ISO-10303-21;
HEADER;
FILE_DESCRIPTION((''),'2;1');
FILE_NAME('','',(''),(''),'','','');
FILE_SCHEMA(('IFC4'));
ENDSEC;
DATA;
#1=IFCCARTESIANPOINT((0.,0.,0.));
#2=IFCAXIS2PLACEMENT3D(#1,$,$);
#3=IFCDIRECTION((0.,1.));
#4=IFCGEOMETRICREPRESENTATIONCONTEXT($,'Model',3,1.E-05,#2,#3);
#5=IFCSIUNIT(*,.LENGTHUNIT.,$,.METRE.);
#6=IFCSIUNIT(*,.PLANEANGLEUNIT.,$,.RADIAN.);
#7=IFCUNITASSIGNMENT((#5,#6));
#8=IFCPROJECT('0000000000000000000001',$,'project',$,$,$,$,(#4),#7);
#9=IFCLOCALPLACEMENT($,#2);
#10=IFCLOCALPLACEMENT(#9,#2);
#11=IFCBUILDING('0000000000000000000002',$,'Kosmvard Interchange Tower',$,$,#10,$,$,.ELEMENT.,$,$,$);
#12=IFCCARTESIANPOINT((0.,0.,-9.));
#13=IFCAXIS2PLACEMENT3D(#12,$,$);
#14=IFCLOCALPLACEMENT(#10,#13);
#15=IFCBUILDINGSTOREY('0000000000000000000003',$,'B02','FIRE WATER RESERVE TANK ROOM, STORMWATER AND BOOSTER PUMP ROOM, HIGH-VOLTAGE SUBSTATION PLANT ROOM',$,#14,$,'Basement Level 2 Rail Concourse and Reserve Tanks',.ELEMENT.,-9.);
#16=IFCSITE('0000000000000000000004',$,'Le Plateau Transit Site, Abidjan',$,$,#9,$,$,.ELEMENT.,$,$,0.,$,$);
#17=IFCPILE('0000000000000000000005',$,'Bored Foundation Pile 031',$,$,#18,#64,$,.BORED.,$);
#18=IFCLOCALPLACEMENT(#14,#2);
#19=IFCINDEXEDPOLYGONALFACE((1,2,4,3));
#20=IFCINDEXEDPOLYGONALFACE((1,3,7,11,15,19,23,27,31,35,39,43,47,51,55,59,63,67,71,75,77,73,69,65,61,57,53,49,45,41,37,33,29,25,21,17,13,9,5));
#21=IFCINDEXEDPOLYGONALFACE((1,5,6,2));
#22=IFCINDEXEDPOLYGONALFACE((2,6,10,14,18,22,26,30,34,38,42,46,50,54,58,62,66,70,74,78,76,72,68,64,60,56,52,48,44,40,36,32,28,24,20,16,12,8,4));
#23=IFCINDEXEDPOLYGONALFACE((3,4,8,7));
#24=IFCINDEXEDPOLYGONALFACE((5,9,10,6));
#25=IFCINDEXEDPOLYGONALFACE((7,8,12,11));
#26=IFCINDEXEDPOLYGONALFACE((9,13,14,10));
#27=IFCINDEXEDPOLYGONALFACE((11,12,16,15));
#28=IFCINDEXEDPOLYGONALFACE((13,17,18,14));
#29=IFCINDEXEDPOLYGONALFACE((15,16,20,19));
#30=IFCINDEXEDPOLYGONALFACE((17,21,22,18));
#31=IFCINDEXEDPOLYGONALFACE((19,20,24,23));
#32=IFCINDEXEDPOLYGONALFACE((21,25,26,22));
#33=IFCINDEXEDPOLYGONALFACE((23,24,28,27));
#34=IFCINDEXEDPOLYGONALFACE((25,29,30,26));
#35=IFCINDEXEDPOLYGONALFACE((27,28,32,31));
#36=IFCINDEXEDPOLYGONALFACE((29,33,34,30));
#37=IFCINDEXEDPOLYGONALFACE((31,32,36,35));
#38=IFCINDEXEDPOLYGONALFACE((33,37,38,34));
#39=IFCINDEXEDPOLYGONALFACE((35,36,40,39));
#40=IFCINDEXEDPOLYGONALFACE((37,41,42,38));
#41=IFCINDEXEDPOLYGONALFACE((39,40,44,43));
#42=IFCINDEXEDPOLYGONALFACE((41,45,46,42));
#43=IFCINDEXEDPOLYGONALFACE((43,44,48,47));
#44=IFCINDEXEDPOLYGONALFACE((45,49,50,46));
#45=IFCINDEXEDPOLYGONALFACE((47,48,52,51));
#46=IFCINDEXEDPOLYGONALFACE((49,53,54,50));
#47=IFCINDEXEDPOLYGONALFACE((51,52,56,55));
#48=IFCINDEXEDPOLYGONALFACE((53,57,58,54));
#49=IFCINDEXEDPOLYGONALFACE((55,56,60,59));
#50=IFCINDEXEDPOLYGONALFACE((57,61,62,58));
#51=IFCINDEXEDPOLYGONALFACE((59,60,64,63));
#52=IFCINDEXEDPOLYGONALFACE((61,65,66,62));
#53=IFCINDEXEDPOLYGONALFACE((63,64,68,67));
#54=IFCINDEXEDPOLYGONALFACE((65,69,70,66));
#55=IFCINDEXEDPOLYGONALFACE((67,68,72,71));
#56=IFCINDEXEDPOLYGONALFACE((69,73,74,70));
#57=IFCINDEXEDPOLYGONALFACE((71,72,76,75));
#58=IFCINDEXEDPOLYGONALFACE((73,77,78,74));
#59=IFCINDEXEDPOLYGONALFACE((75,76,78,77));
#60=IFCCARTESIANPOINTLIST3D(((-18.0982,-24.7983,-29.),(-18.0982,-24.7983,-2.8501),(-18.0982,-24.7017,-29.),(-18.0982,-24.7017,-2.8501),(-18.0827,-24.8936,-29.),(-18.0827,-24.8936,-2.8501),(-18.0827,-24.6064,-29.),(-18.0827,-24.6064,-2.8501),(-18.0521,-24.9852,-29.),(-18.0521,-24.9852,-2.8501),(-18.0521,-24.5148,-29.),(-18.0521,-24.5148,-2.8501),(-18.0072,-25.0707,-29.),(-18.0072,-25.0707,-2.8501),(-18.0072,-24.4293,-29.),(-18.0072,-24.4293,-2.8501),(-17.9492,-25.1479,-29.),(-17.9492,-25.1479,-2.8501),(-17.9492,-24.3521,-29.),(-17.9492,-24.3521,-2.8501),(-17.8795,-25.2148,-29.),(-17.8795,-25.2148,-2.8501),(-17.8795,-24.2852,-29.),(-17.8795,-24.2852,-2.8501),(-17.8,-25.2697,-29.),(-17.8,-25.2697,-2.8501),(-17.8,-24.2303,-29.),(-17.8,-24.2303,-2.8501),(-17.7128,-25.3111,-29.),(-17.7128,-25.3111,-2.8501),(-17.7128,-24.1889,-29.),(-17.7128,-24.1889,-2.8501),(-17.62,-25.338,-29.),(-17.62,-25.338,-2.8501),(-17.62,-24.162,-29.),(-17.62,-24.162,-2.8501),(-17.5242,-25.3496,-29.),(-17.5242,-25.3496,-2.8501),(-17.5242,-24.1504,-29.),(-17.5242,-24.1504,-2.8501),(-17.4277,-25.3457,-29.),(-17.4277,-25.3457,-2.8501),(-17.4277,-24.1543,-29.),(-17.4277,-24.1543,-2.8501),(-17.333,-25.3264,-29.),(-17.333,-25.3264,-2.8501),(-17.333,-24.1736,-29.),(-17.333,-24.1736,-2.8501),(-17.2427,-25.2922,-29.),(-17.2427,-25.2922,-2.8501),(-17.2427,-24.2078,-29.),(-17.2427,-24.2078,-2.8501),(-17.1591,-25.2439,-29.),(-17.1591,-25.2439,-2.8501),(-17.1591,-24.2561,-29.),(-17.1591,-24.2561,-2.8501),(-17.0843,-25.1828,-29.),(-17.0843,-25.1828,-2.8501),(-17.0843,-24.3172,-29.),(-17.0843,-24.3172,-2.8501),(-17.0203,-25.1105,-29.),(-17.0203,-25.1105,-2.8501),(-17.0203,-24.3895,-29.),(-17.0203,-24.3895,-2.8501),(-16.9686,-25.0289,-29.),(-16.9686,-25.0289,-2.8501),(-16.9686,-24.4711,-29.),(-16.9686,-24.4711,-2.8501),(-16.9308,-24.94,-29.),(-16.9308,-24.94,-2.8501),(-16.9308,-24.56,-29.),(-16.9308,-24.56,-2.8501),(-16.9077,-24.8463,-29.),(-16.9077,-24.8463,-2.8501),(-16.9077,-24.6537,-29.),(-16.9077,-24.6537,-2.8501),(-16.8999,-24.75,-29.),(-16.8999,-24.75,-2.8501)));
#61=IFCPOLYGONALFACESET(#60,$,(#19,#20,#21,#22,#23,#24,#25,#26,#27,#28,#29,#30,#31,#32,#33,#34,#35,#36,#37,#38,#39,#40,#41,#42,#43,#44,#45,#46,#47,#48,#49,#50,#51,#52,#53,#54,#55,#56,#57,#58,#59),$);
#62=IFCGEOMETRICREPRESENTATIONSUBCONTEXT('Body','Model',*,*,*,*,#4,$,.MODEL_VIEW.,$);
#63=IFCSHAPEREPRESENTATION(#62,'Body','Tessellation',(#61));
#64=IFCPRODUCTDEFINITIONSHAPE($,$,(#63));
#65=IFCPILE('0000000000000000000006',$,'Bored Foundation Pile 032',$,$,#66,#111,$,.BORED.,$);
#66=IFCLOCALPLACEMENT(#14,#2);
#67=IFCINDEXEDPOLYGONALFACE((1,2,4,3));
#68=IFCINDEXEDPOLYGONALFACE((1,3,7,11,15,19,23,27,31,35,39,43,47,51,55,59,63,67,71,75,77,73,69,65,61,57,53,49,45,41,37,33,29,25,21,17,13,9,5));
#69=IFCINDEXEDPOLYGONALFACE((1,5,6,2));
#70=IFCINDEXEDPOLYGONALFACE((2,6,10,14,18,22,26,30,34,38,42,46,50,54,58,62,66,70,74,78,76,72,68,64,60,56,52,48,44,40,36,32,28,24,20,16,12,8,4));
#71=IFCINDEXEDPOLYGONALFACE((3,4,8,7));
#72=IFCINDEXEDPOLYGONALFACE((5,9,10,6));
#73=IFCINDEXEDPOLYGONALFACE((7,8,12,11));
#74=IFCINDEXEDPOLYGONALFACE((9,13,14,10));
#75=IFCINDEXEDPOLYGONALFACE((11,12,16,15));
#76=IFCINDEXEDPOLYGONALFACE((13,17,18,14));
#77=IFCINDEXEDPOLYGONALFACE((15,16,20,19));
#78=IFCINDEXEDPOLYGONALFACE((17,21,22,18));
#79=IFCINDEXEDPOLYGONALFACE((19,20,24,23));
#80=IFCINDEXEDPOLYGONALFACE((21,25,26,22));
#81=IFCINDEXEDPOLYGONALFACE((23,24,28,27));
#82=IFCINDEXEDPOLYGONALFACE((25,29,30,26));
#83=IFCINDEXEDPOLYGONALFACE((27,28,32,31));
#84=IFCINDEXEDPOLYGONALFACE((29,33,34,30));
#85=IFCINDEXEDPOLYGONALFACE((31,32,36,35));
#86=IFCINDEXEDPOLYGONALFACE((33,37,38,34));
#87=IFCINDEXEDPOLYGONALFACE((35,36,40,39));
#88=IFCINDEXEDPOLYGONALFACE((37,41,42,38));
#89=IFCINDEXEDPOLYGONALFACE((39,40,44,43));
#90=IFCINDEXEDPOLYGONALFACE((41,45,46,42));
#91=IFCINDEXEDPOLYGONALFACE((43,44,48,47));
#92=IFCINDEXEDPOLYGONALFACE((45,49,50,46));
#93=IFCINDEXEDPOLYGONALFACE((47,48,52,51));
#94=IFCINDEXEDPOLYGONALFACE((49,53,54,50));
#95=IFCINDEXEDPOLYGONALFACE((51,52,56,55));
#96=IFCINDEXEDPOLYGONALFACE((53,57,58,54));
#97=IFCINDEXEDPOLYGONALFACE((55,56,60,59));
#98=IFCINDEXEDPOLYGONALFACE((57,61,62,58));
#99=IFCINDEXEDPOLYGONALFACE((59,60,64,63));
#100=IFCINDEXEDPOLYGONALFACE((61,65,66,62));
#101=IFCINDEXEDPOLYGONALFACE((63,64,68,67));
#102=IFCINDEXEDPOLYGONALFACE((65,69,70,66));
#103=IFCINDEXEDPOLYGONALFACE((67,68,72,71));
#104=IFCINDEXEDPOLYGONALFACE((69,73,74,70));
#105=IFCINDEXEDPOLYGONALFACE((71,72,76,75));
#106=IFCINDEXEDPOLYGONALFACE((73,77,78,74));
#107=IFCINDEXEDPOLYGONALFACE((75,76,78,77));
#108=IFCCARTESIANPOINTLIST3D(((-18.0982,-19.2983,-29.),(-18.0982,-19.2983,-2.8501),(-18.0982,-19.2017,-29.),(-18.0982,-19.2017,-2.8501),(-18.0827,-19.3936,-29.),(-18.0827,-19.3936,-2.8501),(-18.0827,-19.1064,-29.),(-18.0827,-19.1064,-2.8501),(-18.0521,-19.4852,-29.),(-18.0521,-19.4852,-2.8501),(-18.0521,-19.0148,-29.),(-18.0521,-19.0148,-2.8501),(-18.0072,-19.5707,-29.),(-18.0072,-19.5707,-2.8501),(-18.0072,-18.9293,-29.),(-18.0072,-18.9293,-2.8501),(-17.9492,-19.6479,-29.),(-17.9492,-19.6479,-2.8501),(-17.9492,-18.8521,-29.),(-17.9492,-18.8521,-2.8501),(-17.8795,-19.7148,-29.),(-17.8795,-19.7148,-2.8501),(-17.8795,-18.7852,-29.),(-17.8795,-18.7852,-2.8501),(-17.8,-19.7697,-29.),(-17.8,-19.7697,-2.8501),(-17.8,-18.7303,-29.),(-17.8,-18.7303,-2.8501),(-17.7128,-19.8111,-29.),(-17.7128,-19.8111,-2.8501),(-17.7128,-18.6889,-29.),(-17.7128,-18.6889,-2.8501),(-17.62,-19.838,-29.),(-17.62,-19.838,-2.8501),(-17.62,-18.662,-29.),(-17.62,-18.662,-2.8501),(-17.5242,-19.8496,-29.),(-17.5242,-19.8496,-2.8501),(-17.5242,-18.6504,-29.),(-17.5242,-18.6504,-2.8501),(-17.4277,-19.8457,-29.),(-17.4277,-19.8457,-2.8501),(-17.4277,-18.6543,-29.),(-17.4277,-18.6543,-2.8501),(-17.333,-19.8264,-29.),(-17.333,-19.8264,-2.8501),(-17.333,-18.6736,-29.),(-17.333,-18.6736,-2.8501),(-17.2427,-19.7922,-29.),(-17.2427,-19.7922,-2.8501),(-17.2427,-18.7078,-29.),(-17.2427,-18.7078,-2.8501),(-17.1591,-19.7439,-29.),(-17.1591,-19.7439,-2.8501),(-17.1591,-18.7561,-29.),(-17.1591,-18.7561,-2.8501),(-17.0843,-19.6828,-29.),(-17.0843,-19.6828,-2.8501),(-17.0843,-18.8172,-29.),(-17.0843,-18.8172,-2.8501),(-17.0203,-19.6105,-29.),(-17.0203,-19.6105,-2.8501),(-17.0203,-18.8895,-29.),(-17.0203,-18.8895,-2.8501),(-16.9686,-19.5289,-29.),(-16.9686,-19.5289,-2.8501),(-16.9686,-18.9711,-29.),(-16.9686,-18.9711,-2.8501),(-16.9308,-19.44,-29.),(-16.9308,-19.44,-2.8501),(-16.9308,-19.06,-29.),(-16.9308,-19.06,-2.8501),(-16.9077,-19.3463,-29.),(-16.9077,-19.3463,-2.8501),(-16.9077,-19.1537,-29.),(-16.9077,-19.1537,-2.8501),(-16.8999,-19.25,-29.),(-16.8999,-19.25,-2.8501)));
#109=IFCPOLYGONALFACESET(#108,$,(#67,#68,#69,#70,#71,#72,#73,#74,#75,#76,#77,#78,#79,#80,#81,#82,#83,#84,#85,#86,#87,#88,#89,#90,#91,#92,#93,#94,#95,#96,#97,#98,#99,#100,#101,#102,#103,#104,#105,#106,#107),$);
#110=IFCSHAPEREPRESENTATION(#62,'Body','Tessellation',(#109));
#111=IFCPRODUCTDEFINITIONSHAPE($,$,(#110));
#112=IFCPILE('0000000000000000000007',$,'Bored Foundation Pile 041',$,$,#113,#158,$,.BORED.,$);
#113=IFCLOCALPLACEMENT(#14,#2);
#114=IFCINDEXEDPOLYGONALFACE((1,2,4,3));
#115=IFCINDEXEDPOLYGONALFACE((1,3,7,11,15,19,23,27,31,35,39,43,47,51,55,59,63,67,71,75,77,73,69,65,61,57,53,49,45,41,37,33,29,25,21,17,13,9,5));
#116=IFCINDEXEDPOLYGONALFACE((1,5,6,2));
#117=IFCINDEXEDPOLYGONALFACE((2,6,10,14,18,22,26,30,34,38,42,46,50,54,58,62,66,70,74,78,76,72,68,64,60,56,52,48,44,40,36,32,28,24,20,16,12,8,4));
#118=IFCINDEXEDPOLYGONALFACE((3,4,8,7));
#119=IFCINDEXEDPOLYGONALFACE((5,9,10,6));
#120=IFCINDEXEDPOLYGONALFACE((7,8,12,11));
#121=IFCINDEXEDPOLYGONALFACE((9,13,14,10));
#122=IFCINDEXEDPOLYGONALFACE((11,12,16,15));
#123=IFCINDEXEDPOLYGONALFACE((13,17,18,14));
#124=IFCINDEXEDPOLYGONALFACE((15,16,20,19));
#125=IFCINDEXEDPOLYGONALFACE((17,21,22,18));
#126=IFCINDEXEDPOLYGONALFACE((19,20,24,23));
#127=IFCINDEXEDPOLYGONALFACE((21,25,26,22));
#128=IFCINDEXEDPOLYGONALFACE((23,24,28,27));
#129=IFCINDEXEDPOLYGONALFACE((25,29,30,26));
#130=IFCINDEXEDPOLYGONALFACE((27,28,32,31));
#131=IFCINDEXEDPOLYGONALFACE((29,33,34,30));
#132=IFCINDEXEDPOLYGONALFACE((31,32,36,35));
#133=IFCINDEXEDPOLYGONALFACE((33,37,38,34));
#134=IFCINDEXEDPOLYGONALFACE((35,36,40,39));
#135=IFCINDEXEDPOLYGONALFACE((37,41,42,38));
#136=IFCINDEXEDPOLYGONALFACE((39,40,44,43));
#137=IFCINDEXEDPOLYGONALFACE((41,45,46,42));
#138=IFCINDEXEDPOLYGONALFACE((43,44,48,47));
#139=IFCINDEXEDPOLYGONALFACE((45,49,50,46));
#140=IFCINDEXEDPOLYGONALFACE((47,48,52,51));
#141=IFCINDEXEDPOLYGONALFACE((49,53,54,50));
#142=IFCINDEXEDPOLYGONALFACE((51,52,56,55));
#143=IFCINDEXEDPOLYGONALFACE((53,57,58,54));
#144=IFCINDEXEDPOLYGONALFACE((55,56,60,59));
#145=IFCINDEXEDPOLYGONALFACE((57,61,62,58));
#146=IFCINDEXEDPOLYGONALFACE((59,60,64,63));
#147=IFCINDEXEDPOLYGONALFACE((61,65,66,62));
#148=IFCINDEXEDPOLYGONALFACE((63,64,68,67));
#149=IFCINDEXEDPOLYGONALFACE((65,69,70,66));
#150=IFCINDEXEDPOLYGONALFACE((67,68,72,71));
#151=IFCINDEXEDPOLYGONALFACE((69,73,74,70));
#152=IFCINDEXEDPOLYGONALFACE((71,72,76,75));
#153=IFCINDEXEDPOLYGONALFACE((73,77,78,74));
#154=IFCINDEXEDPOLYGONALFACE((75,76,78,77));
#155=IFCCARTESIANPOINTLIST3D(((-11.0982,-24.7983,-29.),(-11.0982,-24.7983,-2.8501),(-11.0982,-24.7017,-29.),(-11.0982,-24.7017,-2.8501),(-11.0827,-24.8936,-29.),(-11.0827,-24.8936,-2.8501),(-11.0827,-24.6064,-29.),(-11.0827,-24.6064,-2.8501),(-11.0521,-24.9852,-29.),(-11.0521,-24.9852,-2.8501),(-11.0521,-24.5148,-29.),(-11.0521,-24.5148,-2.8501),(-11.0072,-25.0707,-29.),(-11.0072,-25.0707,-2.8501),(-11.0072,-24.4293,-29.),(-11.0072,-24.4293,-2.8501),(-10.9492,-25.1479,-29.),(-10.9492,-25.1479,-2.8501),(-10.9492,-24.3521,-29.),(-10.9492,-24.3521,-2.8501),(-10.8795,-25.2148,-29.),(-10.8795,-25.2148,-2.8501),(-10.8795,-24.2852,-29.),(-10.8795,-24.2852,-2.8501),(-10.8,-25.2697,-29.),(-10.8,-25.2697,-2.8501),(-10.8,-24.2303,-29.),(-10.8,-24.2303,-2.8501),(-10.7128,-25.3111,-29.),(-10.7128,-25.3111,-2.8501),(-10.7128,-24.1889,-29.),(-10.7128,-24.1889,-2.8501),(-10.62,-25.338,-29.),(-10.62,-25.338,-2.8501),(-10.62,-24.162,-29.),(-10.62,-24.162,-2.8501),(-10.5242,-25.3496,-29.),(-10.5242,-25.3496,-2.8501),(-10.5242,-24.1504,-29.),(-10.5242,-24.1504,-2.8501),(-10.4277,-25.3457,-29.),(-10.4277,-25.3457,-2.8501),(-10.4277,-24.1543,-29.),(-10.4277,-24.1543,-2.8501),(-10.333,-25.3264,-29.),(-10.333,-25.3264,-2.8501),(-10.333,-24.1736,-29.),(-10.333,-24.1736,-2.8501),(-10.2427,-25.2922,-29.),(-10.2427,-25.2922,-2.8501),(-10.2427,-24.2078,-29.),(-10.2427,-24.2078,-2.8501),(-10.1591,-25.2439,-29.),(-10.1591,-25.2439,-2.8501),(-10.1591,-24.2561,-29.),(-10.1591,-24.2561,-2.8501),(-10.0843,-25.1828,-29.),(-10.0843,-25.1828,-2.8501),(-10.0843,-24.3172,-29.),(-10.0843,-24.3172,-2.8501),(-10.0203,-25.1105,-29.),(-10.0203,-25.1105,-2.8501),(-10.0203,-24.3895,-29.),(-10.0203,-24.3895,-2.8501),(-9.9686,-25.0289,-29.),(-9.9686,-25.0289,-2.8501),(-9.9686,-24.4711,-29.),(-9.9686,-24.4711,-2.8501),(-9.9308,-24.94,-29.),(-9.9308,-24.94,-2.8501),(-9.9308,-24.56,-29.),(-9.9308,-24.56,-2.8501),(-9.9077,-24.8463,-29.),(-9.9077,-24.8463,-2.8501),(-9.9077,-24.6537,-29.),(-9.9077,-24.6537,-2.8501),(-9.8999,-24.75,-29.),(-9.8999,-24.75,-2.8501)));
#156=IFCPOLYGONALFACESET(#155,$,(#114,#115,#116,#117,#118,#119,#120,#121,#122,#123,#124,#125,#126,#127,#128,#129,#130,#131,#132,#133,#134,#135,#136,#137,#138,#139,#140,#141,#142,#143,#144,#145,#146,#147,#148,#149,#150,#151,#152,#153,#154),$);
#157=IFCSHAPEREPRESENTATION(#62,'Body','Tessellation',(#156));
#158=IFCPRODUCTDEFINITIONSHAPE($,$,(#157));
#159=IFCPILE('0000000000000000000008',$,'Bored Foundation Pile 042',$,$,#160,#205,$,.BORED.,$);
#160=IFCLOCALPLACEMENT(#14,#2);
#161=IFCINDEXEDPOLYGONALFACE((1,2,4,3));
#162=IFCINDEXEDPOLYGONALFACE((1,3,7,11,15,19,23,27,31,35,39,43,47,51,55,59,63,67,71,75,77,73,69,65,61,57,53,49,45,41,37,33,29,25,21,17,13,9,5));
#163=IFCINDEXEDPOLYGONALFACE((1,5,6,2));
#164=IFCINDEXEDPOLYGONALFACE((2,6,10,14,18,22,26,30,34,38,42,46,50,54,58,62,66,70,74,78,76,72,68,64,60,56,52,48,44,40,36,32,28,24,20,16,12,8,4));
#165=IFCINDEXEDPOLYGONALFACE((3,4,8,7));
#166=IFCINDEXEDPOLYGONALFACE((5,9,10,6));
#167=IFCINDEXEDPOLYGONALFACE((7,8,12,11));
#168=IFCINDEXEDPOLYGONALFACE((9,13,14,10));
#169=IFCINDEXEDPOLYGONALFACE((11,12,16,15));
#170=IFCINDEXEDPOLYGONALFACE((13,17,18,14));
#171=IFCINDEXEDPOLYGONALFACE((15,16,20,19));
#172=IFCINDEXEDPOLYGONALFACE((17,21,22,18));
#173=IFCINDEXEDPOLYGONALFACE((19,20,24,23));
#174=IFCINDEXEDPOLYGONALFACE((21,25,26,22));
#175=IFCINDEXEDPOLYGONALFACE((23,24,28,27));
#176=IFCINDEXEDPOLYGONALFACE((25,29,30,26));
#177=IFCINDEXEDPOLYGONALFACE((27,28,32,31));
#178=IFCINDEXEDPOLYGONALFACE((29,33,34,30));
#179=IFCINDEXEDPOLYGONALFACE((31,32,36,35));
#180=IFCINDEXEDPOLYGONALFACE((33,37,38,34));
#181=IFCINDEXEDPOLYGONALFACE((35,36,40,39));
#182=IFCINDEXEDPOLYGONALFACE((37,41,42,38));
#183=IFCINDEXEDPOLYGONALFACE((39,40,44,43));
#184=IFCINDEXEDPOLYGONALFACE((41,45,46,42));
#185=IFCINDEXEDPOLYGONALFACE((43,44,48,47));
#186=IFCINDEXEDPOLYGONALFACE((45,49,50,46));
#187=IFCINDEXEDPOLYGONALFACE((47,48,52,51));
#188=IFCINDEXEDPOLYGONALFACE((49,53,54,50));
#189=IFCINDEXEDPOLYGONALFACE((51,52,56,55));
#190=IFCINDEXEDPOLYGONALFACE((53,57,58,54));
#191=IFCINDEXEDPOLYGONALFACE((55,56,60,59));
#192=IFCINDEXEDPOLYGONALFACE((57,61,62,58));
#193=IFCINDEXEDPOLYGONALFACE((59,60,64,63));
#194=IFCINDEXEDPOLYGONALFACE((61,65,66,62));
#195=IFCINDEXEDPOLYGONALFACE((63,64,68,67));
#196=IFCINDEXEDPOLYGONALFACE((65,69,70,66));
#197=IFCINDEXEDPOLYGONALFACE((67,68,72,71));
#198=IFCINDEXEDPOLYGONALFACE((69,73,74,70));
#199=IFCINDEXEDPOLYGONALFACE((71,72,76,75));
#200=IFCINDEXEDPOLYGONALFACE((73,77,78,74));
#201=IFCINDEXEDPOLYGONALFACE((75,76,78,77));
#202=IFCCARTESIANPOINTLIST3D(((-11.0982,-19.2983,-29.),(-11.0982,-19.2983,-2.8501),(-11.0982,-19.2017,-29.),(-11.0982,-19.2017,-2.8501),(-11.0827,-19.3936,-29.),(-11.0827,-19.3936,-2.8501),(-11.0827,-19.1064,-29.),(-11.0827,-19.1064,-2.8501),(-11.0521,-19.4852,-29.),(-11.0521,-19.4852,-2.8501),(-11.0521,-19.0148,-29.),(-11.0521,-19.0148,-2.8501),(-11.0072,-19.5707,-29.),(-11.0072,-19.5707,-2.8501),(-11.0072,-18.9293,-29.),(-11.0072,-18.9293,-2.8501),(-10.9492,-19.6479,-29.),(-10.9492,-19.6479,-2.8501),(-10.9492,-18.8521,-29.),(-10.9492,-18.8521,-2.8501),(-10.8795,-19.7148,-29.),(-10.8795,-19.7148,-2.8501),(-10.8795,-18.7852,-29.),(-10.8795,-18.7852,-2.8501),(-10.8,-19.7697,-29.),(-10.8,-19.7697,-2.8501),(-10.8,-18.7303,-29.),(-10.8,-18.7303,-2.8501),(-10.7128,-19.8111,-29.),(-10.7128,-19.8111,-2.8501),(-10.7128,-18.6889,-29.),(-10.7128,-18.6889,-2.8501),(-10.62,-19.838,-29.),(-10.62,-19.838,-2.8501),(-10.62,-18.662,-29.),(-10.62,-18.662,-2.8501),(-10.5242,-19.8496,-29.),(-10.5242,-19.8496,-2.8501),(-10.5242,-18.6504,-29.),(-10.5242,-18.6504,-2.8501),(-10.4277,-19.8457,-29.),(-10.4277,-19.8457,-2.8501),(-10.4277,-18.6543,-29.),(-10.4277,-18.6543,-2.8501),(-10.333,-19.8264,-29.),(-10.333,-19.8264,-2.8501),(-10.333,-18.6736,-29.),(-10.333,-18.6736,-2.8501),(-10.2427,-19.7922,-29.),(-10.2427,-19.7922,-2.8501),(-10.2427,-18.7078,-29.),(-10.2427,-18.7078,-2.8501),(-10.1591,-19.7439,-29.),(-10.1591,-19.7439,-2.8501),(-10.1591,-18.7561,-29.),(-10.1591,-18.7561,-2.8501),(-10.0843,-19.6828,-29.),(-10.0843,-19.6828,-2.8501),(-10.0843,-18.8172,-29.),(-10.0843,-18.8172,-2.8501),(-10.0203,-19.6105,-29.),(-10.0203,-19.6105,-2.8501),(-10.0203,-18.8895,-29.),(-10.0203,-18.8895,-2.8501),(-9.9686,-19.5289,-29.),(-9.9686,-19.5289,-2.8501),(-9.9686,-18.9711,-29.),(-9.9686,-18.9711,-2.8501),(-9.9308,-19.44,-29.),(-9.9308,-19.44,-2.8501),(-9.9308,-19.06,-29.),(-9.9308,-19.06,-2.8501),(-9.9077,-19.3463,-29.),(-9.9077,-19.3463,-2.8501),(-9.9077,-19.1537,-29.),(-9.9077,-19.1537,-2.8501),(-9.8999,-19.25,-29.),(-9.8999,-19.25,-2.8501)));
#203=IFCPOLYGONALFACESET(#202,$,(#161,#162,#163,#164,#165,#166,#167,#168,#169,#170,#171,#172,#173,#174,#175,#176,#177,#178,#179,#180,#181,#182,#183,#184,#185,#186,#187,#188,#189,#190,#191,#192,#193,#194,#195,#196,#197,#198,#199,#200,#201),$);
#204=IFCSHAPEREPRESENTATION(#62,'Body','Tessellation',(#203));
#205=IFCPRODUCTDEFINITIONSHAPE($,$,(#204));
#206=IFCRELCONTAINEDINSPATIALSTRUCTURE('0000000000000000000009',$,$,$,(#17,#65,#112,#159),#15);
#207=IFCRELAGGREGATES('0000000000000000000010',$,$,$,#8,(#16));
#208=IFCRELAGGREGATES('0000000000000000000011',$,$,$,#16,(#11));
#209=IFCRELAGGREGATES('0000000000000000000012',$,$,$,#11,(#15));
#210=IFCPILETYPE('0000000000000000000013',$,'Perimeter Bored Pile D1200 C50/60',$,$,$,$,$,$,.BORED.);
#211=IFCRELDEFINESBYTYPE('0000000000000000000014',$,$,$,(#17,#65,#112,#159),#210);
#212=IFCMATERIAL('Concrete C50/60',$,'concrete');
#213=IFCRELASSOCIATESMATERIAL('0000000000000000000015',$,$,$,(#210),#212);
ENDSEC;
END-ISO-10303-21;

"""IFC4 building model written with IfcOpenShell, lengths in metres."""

from ifc_helpers import new_model, si_unit, direction, frame, origin, origin_2d, place, context, subcontext, project, spatial, circle, extrude, source, transform, mapped, material, material_profile, profile_set, type_object, element, save


model = new_model("IFC4")

# Units and contexts
model_context = context("Model", 3, precision=1e-05, world=origin(), true_north=direction((0.0, 1.0)))
body_context = subcontext(model_context, "Body", "Model", "MODEL_VIEW")
ifc_project = project(units=[si_unit("LENGTHUNIT", "METRE"), si_unit("PLANEANGLEUNIT", "RADIAN")], contexts=[model_context])

# Site, building, storey
site_placement = place(None, origin())
site = spatial("IfcSite", under=ifc_project, at=site_placement, Name="Le Plateau Transit Site, Abidjan", CompositionType="ELEMENT", RefElevation=0.0)
building_placement = place(site_placement, origin())
building = spatial("IfcBuilding", under=site, at=building_placement, Name="Kosmvard Interchange Tower", CompositionType="ELEMENT")
storey_placement = place(building_placement, frame((0.0, 0.0, -9.0)))
storey = spatial("IfcBuildingStorey", under=building, at=storey_placement, Name="B02", Description="FIRE WATER RESERVE TANK ROOM, STORMWATER AND BOOSTER PUMP ROOM, HIGH-VOLTAGE SUBSTATION PLANT ROOM", LongName="Basement Level 2 Rail Concourse and Reserve Tanks", CompositionType="ELEMENT", Elevation=-9.0)

# Piles
ifc_material_1 = material(Name="Concrete C50/60", Category="concrete")
ifc_material_profile_1 = material_profile(ifc_material_1, circle(Radius=0.6001, at=origin_2d()), Name="PILE D1200")
ifc_profile_set_1 = profile_set([ifc_material_profile_1], Name="Concrete C50/60")
pile_type_1 = type_object("IfcPileType", Name="Perimeter Bored Pile D1200 C50/60", PredefinedType="BORED", material=ifc_profile_set_1)
shared_shape_1 = source(origin(), body_context, "Body", "SweptSolid", [
    extrude(circle(Radius=0.6001, at=origin_2d()), origin(), (0.0, 0.0, 1.0), 26.1499),
])
for number, where, z_axis, x_axis, name in (
    (1, (-17.5, -24.75, -2.8501), (0.0, 0.0, -1.0), (1.0, 0.0, 0.0), "Bored Foundation Pile 031"),
    (2, (-17.5, -19.25, -2.8501), (0.0, 0.0, -1.0), (1.0, 0.0, 0.0), "Bored Foundation Pile 032"),
    (3, (-10.5, -24.75, -2.8501), (0.0, 0.0, -1.0), (1.0, 0.0, 0.0), "Bored Foundation Pile 041"),
    (4, (-10.5, -19.25, -2.8501), (0.0, 0.0, -1.0), (1.0, 0.0, 0.0), "Bored Foundation Pile 042"),
):
    element("IfcPile", number, at=place(storey_placement, frame(where, z_axis=z_axis, x_axis=x_axis)), inside=storey, type_object=pile_type_1, Name=name, PredefinedType="BORED", context=body_context, shape_type="MappedRepresentation", body=[
        mapped(shared_shape_1, transform((0.0, 0.0, 0.0), scale=1.0)),
    ])

save(model, "model.ifc")
